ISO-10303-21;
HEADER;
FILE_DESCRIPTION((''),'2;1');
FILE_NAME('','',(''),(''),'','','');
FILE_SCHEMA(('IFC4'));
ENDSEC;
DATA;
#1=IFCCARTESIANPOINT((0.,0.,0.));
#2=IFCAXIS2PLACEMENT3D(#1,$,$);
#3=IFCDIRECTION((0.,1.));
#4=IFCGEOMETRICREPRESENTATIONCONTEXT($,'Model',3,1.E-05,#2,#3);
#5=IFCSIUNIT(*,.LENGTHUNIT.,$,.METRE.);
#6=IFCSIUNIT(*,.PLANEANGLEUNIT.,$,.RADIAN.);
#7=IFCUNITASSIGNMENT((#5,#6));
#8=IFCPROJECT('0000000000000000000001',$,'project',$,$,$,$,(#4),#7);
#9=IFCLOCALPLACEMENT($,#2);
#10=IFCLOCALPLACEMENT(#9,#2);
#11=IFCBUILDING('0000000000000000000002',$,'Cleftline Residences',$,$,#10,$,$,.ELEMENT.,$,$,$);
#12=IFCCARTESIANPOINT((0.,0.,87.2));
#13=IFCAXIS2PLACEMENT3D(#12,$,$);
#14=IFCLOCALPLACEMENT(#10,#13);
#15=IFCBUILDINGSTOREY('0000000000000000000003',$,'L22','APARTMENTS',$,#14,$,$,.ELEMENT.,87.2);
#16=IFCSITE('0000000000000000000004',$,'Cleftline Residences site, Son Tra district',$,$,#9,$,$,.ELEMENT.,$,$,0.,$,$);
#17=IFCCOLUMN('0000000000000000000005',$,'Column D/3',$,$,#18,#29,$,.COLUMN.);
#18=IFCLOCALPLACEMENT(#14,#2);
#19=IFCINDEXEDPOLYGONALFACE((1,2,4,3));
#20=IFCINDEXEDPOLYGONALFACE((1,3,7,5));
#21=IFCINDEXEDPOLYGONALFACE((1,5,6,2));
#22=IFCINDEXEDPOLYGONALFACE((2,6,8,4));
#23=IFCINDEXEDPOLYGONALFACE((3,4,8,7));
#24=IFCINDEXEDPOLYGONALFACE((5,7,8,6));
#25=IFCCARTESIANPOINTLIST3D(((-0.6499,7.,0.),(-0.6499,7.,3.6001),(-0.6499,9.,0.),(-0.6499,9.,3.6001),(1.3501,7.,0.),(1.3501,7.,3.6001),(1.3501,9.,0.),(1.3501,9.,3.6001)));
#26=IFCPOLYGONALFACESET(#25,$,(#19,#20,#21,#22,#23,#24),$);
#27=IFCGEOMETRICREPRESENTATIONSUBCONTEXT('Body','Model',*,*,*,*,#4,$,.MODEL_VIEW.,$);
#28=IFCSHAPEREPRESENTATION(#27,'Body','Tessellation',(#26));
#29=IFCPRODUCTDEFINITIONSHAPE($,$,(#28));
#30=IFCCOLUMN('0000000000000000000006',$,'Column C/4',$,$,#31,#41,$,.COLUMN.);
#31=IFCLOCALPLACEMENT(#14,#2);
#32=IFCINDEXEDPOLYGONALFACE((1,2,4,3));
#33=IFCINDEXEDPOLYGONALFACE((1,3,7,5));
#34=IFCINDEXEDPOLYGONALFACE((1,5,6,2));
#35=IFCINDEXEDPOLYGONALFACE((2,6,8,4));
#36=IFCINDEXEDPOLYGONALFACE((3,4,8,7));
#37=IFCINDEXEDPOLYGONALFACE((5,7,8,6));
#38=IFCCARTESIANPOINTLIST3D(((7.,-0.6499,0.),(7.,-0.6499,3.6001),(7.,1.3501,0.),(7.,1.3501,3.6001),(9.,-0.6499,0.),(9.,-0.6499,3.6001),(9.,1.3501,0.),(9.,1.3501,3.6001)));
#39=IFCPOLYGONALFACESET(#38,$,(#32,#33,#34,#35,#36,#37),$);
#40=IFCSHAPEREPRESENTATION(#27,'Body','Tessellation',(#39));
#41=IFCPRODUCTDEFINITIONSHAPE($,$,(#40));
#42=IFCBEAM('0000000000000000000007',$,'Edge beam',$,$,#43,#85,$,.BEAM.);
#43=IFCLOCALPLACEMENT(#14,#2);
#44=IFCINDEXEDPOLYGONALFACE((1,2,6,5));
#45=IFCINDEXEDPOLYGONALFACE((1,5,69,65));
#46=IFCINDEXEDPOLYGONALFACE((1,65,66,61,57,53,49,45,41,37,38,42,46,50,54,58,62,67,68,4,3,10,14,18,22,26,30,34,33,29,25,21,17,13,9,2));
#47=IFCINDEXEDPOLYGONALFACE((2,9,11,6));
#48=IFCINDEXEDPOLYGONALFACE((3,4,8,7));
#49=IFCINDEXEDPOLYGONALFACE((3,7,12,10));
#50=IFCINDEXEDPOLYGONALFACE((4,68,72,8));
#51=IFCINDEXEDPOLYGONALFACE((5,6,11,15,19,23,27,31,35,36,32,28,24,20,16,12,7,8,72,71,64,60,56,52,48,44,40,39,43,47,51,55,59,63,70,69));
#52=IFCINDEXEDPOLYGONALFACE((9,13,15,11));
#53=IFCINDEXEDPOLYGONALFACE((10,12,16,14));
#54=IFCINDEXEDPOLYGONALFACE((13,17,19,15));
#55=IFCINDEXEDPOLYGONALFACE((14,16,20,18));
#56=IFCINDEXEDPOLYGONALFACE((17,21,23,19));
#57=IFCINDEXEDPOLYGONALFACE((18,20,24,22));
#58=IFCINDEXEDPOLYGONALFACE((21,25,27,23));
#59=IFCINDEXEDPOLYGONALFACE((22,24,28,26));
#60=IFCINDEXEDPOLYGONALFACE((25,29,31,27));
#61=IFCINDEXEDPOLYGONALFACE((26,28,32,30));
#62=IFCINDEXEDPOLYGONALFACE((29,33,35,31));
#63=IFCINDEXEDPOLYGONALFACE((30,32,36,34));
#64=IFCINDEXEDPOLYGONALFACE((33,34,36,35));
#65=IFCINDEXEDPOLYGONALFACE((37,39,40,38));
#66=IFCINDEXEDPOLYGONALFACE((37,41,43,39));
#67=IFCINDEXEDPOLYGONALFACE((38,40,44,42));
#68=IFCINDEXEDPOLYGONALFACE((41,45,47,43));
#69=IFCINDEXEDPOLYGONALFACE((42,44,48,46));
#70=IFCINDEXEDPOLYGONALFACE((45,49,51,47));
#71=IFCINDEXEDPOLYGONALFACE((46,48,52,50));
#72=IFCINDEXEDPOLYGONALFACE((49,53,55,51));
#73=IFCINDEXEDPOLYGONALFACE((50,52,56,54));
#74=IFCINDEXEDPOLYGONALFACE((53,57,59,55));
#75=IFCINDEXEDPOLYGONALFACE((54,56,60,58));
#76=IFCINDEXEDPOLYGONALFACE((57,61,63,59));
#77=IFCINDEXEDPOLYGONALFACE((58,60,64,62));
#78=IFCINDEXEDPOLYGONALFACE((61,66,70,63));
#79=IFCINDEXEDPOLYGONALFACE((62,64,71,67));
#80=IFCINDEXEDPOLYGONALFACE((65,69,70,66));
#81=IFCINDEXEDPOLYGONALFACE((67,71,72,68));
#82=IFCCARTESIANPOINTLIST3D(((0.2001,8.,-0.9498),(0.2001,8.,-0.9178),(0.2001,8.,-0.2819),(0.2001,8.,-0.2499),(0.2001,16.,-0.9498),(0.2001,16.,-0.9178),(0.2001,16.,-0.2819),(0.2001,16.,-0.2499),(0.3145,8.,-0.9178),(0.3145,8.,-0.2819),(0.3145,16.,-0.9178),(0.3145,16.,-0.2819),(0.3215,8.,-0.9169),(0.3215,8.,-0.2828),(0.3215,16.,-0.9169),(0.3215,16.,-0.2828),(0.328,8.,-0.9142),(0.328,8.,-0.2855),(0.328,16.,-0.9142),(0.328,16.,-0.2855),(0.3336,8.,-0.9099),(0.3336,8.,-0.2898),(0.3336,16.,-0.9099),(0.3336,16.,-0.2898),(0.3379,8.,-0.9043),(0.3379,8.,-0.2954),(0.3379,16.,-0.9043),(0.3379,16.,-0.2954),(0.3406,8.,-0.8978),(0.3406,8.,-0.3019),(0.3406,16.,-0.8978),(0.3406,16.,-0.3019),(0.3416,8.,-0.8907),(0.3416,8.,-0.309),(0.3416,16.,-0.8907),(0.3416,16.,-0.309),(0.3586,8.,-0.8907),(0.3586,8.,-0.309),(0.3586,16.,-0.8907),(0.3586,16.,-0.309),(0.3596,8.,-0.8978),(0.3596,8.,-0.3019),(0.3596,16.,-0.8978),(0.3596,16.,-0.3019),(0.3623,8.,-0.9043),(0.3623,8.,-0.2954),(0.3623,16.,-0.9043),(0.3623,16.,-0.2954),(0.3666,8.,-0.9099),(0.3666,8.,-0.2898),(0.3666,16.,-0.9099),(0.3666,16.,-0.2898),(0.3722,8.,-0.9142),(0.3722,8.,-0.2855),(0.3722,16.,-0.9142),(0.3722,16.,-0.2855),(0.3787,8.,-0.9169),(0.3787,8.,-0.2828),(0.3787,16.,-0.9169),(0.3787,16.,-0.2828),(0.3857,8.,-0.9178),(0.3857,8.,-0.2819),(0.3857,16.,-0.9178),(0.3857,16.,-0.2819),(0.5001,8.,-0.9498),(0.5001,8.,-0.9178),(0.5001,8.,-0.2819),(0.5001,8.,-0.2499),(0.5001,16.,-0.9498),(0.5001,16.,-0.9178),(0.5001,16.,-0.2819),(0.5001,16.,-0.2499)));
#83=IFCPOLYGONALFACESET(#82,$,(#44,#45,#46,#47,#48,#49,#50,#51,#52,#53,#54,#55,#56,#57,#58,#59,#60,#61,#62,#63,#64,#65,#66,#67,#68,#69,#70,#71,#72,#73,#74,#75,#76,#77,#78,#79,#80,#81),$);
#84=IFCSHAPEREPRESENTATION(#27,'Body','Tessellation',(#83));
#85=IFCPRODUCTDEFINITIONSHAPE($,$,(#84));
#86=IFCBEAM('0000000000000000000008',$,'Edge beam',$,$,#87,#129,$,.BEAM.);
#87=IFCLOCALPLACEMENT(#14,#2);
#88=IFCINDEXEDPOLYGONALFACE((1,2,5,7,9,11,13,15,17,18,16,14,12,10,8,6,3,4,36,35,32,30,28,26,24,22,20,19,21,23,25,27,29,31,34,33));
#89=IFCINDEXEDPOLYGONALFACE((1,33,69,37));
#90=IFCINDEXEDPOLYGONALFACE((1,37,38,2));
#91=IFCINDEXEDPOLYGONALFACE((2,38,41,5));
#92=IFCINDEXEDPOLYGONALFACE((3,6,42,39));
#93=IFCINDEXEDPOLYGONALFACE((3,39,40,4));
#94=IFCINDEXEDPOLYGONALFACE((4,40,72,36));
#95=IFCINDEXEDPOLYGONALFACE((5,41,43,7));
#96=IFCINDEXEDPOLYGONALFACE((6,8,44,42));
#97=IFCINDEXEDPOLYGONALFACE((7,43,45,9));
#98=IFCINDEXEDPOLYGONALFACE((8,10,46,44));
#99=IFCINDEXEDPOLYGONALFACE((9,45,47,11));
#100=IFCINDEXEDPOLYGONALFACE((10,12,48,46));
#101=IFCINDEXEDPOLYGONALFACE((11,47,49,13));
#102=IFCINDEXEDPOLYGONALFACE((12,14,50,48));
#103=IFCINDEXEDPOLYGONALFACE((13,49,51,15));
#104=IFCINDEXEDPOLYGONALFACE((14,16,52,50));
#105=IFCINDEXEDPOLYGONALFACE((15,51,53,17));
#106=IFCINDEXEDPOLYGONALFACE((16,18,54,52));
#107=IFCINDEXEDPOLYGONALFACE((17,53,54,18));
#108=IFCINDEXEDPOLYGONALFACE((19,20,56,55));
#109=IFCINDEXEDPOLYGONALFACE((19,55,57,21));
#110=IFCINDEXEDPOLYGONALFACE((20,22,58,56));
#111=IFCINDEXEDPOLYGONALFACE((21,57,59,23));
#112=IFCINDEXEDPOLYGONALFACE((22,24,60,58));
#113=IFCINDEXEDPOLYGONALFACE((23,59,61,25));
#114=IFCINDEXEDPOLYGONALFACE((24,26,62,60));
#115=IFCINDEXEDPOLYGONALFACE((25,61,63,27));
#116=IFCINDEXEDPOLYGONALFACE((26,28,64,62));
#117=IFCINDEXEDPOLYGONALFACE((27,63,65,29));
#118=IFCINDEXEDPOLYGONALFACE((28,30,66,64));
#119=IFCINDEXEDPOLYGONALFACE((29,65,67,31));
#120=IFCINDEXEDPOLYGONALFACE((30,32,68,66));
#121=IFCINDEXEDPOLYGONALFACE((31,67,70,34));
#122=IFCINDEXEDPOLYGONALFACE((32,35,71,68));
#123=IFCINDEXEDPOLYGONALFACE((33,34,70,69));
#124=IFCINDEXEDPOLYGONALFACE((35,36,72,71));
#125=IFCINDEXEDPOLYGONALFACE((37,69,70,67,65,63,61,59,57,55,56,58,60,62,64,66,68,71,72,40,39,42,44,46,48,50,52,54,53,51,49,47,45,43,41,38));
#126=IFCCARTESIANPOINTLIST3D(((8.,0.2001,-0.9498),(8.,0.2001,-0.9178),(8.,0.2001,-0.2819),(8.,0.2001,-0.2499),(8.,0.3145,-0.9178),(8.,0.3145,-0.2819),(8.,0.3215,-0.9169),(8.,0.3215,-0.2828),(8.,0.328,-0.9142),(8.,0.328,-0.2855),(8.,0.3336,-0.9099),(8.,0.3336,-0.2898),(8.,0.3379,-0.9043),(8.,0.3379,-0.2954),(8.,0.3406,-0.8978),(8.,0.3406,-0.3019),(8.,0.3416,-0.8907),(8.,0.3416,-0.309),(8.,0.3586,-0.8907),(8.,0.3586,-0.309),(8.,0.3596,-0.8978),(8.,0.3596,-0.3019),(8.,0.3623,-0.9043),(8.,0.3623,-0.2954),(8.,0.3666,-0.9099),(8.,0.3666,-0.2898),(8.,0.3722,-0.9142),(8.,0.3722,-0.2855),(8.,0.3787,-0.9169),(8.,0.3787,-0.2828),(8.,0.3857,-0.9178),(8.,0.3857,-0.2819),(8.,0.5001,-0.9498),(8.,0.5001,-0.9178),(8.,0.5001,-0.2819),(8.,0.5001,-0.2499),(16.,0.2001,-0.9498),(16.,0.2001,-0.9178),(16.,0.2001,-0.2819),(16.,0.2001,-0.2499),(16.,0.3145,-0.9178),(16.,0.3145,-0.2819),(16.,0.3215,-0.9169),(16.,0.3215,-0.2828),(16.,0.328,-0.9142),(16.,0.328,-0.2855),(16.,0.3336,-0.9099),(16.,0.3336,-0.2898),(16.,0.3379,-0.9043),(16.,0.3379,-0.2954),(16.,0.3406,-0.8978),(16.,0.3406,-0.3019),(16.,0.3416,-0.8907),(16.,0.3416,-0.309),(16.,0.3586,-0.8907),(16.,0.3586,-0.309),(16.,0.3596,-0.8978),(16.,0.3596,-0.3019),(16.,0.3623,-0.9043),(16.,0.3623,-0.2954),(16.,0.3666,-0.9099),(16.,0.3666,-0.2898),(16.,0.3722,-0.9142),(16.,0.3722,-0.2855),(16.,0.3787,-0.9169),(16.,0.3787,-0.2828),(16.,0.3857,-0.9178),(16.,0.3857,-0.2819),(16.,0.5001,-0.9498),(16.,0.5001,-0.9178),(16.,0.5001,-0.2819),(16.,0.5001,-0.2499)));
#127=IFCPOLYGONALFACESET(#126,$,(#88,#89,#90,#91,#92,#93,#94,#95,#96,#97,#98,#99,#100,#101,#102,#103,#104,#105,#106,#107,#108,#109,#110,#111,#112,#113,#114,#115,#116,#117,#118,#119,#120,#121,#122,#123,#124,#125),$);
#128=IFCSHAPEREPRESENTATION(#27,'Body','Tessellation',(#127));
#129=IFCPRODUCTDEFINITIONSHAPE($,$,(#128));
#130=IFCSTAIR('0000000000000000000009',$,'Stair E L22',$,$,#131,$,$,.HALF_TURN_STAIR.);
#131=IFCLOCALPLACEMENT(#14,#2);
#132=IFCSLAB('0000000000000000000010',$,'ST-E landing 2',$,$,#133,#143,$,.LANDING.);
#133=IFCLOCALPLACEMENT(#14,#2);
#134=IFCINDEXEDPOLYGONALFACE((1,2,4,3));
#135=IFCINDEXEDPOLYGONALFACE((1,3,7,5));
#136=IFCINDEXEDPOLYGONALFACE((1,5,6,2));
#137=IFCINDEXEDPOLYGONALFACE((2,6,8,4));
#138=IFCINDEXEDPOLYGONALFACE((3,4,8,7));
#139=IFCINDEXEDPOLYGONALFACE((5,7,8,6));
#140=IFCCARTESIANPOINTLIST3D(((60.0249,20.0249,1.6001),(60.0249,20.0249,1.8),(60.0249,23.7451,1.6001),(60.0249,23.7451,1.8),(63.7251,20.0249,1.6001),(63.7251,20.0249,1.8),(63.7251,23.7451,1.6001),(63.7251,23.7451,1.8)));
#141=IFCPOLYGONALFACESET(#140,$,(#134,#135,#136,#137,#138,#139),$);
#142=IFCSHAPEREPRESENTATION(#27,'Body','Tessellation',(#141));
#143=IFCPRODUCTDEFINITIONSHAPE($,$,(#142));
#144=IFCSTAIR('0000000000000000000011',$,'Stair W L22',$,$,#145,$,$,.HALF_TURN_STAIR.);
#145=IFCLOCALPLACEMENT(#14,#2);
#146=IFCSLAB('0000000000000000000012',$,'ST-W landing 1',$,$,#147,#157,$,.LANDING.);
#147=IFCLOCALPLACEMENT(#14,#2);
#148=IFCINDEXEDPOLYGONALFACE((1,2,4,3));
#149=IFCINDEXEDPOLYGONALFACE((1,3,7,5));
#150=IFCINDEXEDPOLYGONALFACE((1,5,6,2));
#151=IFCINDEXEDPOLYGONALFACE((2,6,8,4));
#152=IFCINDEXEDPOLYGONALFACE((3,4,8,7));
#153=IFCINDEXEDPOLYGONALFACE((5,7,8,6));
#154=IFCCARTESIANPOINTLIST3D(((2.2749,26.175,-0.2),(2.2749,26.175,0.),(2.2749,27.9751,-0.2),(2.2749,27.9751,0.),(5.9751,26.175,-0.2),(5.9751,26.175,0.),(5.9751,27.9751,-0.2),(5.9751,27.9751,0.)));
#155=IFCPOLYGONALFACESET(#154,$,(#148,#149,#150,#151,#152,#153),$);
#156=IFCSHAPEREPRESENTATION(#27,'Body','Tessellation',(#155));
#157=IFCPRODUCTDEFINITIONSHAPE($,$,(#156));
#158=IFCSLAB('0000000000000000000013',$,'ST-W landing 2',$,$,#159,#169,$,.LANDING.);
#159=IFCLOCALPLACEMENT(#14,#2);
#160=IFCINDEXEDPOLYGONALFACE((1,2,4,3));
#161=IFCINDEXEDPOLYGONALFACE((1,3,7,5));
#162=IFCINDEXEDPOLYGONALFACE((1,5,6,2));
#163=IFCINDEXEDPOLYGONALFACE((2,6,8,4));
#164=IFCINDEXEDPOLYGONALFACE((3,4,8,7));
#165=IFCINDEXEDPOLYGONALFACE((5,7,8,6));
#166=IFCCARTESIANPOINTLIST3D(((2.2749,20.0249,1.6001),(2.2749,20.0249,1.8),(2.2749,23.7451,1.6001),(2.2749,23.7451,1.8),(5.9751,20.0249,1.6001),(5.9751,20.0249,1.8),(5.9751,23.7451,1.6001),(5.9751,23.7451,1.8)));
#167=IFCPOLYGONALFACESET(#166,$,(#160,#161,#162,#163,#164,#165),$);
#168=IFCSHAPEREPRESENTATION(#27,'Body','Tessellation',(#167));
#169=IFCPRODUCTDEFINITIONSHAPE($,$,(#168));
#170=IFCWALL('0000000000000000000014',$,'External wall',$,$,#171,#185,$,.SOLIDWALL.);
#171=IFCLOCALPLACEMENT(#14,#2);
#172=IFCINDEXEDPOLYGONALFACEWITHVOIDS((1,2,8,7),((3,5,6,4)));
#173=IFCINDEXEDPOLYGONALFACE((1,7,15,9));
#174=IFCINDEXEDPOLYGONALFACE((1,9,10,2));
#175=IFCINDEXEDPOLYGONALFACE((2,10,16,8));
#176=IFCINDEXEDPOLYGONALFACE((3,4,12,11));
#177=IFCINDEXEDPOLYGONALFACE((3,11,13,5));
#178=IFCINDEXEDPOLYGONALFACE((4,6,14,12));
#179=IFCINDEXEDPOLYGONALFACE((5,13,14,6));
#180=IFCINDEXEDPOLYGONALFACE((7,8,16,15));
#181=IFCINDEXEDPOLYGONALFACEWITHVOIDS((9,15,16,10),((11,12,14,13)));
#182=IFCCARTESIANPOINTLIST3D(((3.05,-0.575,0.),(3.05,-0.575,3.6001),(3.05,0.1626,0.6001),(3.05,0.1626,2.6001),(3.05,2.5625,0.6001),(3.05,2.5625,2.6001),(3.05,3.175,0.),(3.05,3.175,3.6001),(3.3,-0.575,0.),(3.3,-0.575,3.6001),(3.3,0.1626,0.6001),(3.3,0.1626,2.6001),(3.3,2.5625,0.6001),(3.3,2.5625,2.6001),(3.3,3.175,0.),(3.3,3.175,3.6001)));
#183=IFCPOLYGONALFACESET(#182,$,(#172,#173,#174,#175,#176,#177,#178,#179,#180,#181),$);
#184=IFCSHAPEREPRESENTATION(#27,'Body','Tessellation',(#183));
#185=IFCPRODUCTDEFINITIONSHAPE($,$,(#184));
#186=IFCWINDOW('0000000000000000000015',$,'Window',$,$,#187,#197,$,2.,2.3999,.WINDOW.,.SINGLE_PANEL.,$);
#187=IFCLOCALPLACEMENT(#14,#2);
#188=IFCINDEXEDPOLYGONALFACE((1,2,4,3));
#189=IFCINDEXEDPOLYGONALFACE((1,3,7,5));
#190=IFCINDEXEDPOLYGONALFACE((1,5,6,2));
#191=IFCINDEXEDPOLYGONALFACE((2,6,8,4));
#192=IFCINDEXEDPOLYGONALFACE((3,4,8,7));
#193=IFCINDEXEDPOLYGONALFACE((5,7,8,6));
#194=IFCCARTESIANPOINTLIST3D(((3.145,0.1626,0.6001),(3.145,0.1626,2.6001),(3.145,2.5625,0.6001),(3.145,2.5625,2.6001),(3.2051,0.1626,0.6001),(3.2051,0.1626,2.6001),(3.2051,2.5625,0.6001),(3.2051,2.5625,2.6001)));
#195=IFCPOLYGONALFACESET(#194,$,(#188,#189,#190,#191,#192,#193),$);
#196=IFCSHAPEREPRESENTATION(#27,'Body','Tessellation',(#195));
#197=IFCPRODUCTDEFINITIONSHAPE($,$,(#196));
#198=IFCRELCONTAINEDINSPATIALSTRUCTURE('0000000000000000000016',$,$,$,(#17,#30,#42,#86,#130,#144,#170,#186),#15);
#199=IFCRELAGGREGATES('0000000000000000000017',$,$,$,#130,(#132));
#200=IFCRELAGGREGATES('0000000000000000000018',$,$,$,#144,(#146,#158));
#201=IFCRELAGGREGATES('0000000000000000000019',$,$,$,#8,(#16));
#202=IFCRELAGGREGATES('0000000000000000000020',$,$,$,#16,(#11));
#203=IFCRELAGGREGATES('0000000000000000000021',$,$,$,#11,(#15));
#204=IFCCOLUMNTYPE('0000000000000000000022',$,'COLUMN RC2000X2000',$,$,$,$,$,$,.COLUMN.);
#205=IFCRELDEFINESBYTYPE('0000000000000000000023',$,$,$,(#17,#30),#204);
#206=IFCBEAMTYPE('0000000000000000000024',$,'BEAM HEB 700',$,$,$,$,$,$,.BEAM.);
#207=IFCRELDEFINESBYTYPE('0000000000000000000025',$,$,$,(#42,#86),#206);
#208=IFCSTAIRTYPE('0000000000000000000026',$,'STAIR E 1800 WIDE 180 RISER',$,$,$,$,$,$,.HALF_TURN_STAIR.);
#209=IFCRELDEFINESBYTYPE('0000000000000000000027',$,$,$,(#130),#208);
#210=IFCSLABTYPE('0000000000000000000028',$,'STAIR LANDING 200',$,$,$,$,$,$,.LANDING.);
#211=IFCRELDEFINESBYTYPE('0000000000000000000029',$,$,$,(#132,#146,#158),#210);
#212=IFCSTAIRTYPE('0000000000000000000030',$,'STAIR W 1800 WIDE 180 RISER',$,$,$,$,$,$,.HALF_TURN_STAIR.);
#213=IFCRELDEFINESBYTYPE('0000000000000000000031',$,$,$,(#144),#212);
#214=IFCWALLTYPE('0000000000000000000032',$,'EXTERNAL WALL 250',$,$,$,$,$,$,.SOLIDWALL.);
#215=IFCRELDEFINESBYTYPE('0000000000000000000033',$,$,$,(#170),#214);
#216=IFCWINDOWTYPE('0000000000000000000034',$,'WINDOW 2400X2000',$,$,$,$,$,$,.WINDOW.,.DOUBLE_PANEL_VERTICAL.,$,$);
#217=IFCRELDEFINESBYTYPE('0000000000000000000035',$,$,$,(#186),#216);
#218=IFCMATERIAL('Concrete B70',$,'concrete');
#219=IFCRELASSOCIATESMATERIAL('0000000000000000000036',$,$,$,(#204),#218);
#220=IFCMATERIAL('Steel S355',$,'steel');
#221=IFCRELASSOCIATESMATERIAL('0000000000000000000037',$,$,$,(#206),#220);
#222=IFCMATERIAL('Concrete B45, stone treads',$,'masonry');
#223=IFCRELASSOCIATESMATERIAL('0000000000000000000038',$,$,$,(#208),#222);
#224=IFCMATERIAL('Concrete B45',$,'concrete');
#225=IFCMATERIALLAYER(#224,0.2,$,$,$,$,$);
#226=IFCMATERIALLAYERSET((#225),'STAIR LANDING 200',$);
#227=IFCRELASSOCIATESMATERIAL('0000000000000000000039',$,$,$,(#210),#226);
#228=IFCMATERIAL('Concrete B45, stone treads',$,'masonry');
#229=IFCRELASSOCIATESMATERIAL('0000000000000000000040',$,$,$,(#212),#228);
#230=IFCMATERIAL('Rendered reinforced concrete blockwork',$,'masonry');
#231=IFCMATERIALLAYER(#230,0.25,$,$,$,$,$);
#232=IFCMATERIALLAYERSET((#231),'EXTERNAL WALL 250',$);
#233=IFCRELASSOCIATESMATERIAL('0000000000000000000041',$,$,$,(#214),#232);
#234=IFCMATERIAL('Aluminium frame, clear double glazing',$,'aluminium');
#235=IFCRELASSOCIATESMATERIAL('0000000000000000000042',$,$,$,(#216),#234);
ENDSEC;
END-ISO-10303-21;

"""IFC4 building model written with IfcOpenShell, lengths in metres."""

from ifc_helpers import new_model, si_unit, direction, frame, frame_2d, origin, origin_2d, place, context, subcontext, project, spatial, polyline, rectangle, i_section, outline, extrude, material, layer, layer_set, material_profile, profile_set, type_object, element, fill, aggregate, save


model = new_model("IFC4")

# Units and contexts
model_context = context("Model", 3, precision=1e-05, world=origin(), true_north=direction((0.0, 1.0)))
body_context = subcontext(model_context, "Body", "Model", "MODEL_VIEW")
ifc_project = project(units=[si_unit("LENGTHUNIT", "METRE"), si_unit("PLANEANGLEUNIT", "RADIAN")], contexts=[model_context])

# Site, building, storey
site_placement = place(None, origin())
site = spatial("IfcSite", under=ifc_project, at=site_placement, Name="Cleftline Residences site, Son Tra district", CompositionType="ELEMENT", RefElevation=0.0)
building_placement = place(site_placement, origin())
building = spatial("IfcBuilding", under=site, at=building_placement, Name="Cleftline Residences", CompositionType="ELEMENT")
storey_placement = place(building_placement, frame((0.0, 0.0, 87.2)))
storey = spatial("IfcBuildingStorey", under=building, at=storey_placement, Name="L22", Description="APARTMENTS", CompositionType="ELEMENT", Elevation=87.2)

# Columns
ifc_material_1 = material(Name="Concrete B70", Category="concrete")
ifc_material_profile_1 = material_profile(ifc_material_1, rectangle(XDim=2.0, YDim=2.0, at=origin_2d()))
ifc_profile_set_1 = profile_set([ifc_material_profile_1], Name="Concrete B70")
column_type = type_object("IfcColumnType", Name="COLUMN RC2000X2000", PredefinedType="COLUMN", material=ifc_profile_set_1)
for number, where, z_axis, x_axis, name in (
    (1, (0.3501, 8.0, 0.0), (0.0, 0.0, 1.0), (1.0, 0.0, 0.0), "Column D/3"),
    (2, (8.0, 0.3501, 0.0), (0.0, 0.0, 1.0), (1.0, 0.0, 0.0), "Column C/4"),
):
    element("IfcColumn", number, at=place(storey_placement, frame(where, z_axis=z_axis, x_axis=x_axis)), inside=storey, type_object=column_type, Name=name, PredefinedType="COLUMN", context=body_context, shape_type="SweptSolid", body=[
        extrude(rectangle(XDim=2.0, YDim=2.0, at=origin_2d()), origin(), (0.0, 0.0, 1.0), 3.6001),
    ])

# Beams
ifc_material_2 = material(Name="Steel S355", Category="steel")
ifc_material_profile_2 = material_profile(ifc_material_2, i_section(OverallWidth=0.3, OverallDepth=0.7, WebThickness=0.0171, FlangeThickness=0.032, FilletRadius=0.0271, at=origin_2d()))
ifc_profile_set_2 = profile_set([ifc_material_profile_2], Name="Steel S355")
beam_type = type_object("IfcBeamType", Name="BEAM HEB 700", PredefinedType="BEAM", material=ifc_profile_set_2)
for number, where, z_axis, x_axis, name in (
    (3, (0.3501, 8.0, -0.5999), (0.0, 1.0, 0.0), (-1.0, 0.0, 0.0), "Edge beam"),
    (4, (8.0, 0.3501, -0.5999), (1.0, 0.0, 0.0), (0.0, 1.0, 0.0), "Edge beam"),
):
    element("IfcBeam", number, at=place(storey_placement, frame(where, z_axis=z_axis, x_axis=x_axis)), inside=storey, type_object=beam_type, Name=name, PredefinedType="BEAM", context=body_context, shape_type="SweptSolid", body=[
        extrude(i_section(OverallWidth=0.3, OverallDepth=0.7, WebThickness=0.0171, FlangeThickness=0.032, FilletRadius=0.0271, at=origin_2d()), origin(), (0.0, 0.0, 1.0), 8.0),
    ])

# Stair, slab
ifc_material_3 = material(Name="Concrete B45, stone treads", Category="masonry")
stair_type_1 = type_object("IfcStairType", Name="STAIR E 1800 WIDE 180 RISER", PredefinedType="HALF_TURN_STAIR", material=ifc_material_3)
stair_1_placement = place(storey_placement, origin())
stair_1 = element("IfcStair", 5, at=stair_1_placement, inside=storey, type_object=stair_type_1, Name="Stair E L22", PredefinedType="HALF_TURN_STAIR")
ifc_material_4 = material(Name="Concrete B45", Category="concrete")
ifc_layer_1 = layer(ifc_material_4, 0.2)
ifc_layer_set_1 = layer_set([ifc_layer_1], Name="STAIR LANDING 200")
slab_type = type_object("IfcSlabType", Name="STAIR LANDING 200", PredefinedType="LANDING", material=ifc_layer_set_1)
slab_1_placement = place(storey_placement, frame((0.0, 0.0, 1.6001)))
slab_1 = element("IfcSlab", 6, at=slab_1_placement, type_object=slab_type, Name="ST-E landing 2", PredefinedType="LANDING", context=body_context, shape_type="SweptSolid", body=[
    extrude(outline(polyline([(60.0249, 20.0249), (63.7251, 20.0249), (63.7251, 23.7451), (60.0249, 23.7451), (60.0249, 20.0249)])), origin(), (0.0, 0.0, 1.0), 0.2),
])
aggregate(stair_1, [slab_1])

# Stair, slabs
ifc_material_5 = material(Name="Concrete B45, stone treads", Category="masonry")
stair_type_2 = type_object("IfcStairType", Name="STAIR W 1800 WIDE 180 RISER", PredefinedType="HALF_TURN_STAIR", material=ifc_material_5)
stair_2_placement = place(storey_placement, origin())
stair_2 = element("IfcStair", 7, at=stair_2_placement, inside=storey, type_object=stair_type_2, Name="Stair W L22", PredefinedType="HALF_TURN_STAIR")
slab_2_placement = place(storey_placement, frame((0.0, 0.0, -0.2)))
slab_2 = element("IfcSlab", 8, at=slab_2_placement, type_object=slab_type, Name="ST-W landing 1", PredefinedType="LANDING", context=body_context, shape_type="SweptSolid", body=[
    extrude(outline(polyline([(2.2749, 26.175), (5.9751, 26.175), (5.9751, 27.9751), (2.2749, 27.9751), (2.2749, 26.175)])), origin(), (0.0, 0.0, 1.0), 0.2),
])
slab_3_placement = place(storey_placement, frame((0.0, 0.0, 1.6001)))
slab_3 = element("IfcSlab", 9, at=slab_3_placement, type_object=slab_type, Name="ST-W landing 2", PredefinedType="LANDING", context=body_context, shape_type="SweptSolid", body=[
    extrude(outline(polyline([(2.2749, 20.0249), (5.9751, 20.0249), (5.9751, 23.7451), (2.2749, 23.7451), (2.2749, 20.0249)])), origin(), (0.0, 0.0, 1.0), 0.2),
])
aggregate(stair_2, [slab_2, slab_3])

# Wall, opening, window
ifc_material_6 = material(Name="Rendered reinforced concrete blockwork", Category="masonry")
ifc_layer_2 = layer(ifc_material_6, 0.25)
ifc_layer_set_2 = layer_set([ifc_layer_2], Name="EXTERNAL WALL 250")
wall_type_1 = type_object("IfcWallType", Name="EXTERNAL WALL 250", PredefinedType="SOLIDWALL", material=ifc_layer_set_2)
wall_1_placement = place(storey_placement, frame((3.175, 3.175, 0.0), z_axis=(0.0, 0.0, 1.0), x_axis=(0.0, -1.0, 0.0)))
wall_1 = element("IfcWall", 10, at=wall_1_placement, inside=storey, type_object=wall_type_1, Name="External wall", PredefinedType="SOLIDWALL", context=body_context, shape_type="SweptSolid", body=[
    extrude(rectangle(XDim=3.75, YDim=0.25, at=frame_2d((1.875, 0.0))), origin(), (0.0, 0.0, 1.0), 3.6001),
])
opening_1_placement = place(wall_1_placement, frame((0.6125, 0.0, 0.6001)))
opening_1 = element("IfcOpeningElement", 11, at=opening_1_placement, cuts=wall_1, PredefinedType="OPENING", context=body_context, shape_type="SweptSolid", body=[
    extrude(rectangle(XDim=2.3999, YDim=2.0, at=frame_2d((1.2, 1.0))), frame((0.0, 0.135, 0.0), z_axis=(0.0, -1.0, 0.0), x_axis=(1.0, 0.0, 0.0)), (0.0, 0.0, 1.0), 0.27),
])
ifc_material_7 = material(Name="Aluminium frame, clear double glazing", Category="aluminium")
window_type_1 = type_object("IfcWindowType", Name="WINDOW 2400X2000", PartitioningType="DOUBLE_PANEL_VERTICAL", PredefinedType="WINDOW", material=ifc_material_7)
window_1_placement = place(opening_1_placement, origin())
window_1 = element("IfcWindow", 12, at=window_1_placement, inside=storey, type_object=window_type_1, Name="Window", OverallHeight=2.0, OverallWidth=2.3999, PartitioningType="SINGLE_PANEL", PredefinedType="WINDOW", context=body_context, shape_type="SweptSolid", body=[
    extrude(rectangle(XDim=2.3999, YDim=2.0, at=frame_2d((1.2, 1.0))), frame((0.0, 0.03, 0.0), z_axis=(0.0, -1.0, 0.0), x_axis=(1.0, 0.0, 0.0)), (0.0, 0.0, 1.0), 0.0601),
])
fill(opening_1, window_1)

save(model, "model.ifc")
